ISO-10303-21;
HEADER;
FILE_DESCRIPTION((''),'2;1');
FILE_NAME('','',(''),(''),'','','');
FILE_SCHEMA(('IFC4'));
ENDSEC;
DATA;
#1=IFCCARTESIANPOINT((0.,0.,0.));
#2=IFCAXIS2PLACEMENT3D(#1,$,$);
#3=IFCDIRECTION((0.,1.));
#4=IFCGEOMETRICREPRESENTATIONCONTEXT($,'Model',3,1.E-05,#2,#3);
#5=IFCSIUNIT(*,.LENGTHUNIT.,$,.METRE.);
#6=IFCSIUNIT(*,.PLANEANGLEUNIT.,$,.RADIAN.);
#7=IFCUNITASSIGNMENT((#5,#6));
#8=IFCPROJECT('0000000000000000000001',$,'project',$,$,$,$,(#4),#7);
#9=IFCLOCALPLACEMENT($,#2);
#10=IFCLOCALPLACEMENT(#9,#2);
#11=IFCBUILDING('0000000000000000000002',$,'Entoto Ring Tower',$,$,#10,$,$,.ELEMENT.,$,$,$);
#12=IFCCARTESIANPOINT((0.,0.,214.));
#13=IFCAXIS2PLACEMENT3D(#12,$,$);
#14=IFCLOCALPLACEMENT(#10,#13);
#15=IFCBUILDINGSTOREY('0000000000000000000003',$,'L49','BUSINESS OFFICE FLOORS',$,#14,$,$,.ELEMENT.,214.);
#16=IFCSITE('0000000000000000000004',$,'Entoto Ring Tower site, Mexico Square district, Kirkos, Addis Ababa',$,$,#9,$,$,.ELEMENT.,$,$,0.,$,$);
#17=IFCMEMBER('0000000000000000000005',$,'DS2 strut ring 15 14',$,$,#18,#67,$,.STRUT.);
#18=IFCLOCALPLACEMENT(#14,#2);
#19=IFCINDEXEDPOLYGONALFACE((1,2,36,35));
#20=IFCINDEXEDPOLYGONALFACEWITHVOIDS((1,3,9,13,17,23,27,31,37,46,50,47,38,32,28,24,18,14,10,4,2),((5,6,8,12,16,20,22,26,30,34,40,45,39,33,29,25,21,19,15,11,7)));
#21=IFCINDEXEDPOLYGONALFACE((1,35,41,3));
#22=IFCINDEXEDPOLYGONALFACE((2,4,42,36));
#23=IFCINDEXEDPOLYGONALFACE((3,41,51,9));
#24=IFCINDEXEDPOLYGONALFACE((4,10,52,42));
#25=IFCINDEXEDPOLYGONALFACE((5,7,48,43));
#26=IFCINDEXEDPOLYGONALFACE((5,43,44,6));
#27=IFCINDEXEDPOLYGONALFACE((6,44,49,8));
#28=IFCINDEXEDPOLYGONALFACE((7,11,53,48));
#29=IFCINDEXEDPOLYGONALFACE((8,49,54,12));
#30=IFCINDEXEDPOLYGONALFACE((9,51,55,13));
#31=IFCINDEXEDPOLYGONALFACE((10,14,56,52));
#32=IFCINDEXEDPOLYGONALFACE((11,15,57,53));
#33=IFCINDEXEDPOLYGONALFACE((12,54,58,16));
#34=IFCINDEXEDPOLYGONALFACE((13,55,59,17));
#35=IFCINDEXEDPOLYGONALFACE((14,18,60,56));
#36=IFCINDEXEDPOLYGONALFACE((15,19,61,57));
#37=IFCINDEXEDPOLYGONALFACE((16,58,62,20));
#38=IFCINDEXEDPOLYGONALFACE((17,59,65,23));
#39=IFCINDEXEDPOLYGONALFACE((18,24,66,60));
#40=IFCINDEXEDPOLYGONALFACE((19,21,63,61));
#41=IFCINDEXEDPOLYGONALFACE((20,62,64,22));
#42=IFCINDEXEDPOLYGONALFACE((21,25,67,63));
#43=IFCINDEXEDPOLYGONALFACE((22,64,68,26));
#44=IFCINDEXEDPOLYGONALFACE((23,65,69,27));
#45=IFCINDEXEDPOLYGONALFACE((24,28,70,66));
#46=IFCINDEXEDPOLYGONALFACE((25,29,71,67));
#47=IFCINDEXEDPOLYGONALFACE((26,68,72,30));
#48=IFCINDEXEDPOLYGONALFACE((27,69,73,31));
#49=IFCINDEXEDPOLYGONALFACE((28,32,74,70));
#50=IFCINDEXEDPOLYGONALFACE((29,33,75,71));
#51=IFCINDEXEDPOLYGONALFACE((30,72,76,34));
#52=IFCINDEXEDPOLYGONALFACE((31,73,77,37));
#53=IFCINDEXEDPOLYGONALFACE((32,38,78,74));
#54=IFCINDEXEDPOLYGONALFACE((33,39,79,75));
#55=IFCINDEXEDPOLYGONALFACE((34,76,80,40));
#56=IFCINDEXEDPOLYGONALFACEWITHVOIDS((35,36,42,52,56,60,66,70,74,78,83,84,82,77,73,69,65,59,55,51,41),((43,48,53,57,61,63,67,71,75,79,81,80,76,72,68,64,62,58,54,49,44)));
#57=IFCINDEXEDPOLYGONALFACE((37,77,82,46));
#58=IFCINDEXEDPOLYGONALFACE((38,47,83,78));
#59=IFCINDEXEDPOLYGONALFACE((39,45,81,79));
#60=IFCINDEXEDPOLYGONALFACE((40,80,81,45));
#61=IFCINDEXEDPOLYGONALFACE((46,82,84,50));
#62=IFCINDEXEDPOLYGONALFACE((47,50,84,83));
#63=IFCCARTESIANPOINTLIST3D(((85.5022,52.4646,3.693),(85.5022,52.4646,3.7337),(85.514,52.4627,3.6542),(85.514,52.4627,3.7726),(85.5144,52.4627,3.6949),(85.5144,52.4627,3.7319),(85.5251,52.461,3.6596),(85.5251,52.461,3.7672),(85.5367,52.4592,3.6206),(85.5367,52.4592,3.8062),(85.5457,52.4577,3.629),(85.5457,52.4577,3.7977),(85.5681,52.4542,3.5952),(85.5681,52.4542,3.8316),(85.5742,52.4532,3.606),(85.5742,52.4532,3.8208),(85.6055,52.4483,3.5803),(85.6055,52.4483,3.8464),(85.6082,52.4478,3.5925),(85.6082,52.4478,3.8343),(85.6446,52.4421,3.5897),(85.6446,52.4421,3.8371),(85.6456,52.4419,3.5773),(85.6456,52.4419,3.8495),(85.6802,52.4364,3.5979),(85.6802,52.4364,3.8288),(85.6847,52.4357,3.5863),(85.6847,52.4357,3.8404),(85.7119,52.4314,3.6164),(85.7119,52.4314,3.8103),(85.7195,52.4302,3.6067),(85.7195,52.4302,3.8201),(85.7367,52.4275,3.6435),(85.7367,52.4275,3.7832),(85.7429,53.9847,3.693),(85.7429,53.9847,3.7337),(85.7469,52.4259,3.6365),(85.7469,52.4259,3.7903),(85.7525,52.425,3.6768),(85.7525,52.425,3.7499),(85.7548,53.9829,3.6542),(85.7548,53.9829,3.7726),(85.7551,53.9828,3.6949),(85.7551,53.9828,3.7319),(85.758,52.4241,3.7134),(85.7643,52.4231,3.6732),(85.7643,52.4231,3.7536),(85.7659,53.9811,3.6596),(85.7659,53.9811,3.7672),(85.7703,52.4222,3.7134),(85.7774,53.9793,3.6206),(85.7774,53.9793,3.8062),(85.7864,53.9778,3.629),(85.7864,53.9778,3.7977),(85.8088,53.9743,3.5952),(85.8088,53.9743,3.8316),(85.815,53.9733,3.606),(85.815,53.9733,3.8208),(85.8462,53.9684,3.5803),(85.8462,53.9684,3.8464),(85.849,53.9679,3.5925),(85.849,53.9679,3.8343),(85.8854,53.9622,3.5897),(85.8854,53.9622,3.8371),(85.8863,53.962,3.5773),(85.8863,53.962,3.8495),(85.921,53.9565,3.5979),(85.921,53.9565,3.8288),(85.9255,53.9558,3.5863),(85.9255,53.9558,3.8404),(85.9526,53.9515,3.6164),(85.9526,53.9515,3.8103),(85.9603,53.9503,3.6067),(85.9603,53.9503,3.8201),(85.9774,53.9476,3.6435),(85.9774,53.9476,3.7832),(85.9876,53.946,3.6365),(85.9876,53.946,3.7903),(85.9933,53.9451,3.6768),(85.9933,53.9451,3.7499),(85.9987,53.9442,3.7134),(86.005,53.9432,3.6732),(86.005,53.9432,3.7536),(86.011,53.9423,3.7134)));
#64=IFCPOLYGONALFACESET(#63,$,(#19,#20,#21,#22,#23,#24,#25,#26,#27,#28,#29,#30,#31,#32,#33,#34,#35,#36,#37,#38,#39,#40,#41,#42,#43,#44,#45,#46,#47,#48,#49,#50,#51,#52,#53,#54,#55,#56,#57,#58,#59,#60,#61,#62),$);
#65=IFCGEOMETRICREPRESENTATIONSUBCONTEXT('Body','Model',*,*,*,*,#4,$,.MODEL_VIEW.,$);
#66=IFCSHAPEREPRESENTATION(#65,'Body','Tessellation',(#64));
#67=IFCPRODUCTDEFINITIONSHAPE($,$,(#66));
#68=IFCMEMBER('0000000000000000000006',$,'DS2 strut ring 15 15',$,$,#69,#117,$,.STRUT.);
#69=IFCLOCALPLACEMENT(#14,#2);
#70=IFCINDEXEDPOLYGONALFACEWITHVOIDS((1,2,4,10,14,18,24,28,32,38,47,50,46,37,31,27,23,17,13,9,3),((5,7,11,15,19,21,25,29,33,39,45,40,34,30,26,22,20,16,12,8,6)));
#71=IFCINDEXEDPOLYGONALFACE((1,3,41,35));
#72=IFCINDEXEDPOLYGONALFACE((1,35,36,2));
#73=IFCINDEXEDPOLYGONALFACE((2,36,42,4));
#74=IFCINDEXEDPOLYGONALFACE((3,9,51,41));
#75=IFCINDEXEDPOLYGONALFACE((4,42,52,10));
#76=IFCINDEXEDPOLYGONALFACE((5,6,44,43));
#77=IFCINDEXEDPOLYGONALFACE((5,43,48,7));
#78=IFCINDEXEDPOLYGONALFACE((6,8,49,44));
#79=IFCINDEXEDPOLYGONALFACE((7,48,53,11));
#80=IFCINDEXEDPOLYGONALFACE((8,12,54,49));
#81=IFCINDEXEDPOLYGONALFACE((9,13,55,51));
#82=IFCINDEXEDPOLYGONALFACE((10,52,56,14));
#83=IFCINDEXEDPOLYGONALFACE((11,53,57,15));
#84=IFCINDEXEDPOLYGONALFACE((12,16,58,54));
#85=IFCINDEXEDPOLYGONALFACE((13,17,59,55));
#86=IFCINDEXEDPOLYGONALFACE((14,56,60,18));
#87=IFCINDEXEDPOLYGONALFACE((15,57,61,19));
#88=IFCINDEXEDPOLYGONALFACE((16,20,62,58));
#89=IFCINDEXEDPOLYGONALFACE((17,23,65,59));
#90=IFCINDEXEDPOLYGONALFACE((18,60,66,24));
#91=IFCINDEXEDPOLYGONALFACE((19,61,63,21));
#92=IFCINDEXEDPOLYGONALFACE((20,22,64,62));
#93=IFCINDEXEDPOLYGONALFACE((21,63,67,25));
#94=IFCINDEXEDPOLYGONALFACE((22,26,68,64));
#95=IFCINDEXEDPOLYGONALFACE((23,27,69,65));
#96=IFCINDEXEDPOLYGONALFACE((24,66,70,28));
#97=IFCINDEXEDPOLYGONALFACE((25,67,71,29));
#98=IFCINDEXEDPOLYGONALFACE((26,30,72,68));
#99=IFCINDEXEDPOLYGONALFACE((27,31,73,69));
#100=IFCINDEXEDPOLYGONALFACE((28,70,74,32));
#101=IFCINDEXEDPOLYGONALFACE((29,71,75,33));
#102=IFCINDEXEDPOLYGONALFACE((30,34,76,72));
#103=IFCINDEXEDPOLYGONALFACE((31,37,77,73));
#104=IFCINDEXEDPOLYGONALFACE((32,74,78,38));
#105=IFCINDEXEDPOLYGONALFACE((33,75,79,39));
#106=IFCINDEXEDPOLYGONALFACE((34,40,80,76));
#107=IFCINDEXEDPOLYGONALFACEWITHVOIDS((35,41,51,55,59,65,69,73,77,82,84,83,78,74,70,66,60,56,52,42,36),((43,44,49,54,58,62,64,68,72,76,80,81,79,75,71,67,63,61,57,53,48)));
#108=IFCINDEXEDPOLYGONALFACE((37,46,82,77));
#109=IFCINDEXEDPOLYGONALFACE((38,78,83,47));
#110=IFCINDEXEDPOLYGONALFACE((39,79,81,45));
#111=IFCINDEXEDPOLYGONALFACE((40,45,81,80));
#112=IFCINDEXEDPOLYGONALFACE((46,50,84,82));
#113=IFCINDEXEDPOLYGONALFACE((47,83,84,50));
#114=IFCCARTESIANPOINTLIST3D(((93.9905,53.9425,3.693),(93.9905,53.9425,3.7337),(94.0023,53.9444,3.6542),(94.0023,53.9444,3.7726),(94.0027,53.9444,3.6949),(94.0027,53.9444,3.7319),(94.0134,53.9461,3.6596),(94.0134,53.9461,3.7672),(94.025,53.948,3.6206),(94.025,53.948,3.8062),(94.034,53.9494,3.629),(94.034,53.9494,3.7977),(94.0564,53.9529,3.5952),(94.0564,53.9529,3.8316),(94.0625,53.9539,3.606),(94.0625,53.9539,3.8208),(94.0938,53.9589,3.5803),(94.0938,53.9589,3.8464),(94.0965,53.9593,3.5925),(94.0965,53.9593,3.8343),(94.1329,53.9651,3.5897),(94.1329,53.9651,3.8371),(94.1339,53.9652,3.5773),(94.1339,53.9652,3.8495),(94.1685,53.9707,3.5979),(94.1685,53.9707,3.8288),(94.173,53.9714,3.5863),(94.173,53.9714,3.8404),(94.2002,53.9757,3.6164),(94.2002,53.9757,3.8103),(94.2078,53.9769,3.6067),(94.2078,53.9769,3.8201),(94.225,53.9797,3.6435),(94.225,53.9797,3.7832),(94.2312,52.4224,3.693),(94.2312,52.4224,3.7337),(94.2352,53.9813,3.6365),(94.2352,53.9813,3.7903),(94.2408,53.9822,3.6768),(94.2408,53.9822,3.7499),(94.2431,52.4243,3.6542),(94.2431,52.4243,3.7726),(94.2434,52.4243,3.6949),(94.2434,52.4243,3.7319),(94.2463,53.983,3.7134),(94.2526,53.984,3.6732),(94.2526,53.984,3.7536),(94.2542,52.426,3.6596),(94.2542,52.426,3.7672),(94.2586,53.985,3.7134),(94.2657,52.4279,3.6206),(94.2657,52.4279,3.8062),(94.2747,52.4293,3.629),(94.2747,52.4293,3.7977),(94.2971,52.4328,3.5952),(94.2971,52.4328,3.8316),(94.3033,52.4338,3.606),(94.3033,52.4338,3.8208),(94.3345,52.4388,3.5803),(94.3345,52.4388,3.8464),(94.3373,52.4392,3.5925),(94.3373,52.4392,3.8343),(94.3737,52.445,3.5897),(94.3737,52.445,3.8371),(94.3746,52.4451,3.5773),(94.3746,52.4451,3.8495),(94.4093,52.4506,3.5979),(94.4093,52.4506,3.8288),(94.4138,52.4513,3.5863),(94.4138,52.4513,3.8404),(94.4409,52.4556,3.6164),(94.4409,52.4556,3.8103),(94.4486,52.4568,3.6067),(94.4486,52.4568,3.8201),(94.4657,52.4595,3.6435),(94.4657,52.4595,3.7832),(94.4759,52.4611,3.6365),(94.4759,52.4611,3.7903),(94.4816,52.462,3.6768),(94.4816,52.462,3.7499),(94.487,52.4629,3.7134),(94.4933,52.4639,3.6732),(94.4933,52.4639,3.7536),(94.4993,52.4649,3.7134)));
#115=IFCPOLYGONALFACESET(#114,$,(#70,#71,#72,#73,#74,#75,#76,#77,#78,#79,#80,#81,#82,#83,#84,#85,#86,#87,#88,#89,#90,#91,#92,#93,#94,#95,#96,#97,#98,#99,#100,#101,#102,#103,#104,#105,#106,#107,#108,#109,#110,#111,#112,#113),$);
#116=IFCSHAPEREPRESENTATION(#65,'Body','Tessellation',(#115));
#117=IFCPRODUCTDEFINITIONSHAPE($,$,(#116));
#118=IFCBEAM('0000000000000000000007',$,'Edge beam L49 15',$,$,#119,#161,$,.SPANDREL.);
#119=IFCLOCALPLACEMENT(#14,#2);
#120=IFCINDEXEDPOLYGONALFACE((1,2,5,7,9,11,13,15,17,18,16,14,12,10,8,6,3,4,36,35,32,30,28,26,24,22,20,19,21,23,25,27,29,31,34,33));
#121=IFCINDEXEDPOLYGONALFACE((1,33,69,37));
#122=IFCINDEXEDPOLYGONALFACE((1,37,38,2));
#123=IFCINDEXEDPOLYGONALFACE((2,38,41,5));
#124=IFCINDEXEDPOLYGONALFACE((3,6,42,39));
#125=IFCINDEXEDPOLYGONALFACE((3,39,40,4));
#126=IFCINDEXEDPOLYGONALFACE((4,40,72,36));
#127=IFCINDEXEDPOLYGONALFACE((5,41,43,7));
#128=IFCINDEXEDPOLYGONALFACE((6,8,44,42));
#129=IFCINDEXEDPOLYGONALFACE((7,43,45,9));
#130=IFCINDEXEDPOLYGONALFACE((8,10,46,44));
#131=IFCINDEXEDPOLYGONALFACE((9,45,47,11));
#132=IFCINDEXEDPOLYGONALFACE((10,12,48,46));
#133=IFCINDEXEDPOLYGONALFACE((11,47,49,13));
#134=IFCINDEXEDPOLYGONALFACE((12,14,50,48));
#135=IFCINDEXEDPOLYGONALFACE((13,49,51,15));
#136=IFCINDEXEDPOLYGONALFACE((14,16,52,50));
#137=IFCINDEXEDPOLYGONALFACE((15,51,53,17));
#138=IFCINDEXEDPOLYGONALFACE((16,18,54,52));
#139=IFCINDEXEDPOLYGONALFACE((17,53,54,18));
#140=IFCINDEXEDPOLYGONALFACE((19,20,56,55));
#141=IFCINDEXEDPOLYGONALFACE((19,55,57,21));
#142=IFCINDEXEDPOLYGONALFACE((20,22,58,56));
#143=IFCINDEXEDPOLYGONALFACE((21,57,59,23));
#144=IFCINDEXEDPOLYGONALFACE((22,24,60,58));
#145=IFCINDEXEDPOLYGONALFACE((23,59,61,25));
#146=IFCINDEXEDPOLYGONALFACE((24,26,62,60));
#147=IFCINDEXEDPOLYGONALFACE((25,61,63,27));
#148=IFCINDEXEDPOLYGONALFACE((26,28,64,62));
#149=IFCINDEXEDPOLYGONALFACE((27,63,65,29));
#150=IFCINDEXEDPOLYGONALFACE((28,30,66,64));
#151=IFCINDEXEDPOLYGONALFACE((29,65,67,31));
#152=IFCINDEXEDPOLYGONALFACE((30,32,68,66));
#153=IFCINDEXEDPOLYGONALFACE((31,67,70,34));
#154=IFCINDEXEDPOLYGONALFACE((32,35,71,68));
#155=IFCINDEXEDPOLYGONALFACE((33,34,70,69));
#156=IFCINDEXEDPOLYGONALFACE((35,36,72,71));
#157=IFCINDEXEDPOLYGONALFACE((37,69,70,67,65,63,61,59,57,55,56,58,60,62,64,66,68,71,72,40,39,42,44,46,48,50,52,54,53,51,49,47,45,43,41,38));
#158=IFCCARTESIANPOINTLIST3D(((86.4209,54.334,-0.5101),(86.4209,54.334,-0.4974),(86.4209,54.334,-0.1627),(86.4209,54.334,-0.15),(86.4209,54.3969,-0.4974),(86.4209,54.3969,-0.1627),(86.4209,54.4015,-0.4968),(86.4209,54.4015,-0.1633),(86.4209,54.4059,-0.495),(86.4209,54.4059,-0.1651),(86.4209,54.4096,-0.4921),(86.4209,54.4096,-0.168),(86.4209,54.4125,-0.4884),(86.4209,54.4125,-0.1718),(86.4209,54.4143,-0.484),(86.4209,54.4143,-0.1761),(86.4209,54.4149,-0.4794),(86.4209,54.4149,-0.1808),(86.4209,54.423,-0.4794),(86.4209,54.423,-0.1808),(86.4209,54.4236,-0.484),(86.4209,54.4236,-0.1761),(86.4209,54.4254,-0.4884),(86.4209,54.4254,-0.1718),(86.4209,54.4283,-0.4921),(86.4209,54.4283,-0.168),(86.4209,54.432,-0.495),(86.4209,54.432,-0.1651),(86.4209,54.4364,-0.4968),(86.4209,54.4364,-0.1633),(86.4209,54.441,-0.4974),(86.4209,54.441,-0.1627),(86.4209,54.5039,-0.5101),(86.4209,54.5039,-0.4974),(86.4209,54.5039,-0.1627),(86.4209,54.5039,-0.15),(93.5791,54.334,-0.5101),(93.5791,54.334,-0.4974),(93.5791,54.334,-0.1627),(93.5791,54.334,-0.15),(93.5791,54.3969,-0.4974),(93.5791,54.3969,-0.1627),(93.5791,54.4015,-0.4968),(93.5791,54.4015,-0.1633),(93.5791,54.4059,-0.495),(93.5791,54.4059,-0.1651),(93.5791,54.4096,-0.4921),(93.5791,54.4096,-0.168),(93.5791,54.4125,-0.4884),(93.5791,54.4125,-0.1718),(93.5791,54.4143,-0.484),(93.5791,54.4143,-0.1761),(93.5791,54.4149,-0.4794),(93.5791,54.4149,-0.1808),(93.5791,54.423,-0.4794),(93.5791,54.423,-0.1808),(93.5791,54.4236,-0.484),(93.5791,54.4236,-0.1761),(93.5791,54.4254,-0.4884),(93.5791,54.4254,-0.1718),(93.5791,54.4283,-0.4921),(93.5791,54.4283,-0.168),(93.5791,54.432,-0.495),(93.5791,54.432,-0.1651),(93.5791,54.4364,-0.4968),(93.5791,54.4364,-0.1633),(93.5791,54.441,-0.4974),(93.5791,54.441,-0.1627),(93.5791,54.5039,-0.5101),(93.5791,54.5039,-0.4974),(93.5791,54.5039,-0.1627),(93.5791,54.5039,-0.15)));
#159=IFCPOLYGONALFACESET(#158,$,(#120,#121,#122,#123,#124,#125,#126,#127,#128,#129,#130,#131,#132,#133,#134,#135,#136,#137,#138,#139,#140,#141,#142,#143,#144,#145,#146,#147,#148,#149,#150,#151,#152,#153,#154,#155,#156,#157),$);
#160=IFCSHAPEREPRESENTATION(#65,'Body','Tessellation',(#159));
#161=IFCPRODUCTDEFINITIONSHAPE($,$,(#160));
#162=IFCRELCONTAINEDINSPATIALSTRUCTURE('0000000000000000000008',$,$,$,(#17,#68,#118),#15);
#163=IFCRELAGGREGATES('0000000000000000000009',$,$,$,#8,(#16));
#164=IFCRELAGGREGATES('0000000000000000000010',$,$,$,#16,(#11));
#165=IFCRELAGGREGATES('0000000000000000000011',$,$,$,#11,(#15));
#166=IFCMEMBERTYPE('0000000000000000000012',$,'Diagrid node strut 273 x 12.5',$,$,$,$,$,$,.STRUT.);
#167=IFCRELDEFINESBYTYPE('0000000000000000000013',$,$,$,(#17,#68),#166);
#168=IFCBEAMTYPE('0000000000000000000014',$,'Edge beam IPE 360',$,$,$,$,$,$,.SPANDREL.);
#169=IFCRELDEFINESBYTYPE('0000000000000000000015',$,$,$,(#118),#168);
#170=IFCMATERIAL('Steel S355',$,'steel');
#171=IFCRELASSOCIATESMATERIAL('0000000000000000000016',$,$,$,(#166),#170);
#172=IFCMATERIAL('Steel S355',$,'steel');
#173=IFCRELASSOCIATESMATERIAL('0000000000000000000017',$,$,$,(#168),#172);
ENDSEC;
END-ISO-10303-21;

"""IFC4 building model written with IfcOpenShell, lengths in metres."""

from ifc_helpers import new_model, si_unit, direction, frame, origin, origin_2d, place, context, subcontext, project, spatial, circle, hollow_circle, i_section, extrude, material, material_profile, profile_set, type_object, element, save


model = new_model("IFC4")

# Units and contexts
model_context = context("Model", 3, precision=1e-05, world=origin(), true_north=direction((0.0, 1.0)))
body_context = subcontext(model_context, "Body", "Model", "MODEL_VIEW")
ifc_project = project(units=[si_unit("LENGTHUNIT", "METRE"), si_unit("PLANEANGLEUNIT", "RADIAN")], contexts=[model_context])

# Site, building, storey
site_placement = place(None, origin())
site = spatial("IfcSite", under=ifc_project, at=site_placement, Name="Entoto Ring Tower site, Mexico Square district, Kirkos, Addis Ababa", CompositionType="ELEMENT", RefElevation=0.0)
building_placement = place(site_placement, origin())
building = spatial("IfcBuilding", under=site, at=building_placement, Name="Entoto Ring Tower", CompositionType="ELEMENT")
storey_placement = place(building_placement, frame((0.0, 0.0, 214.0)))
storey = spatial("IfcBuildingStorey", under=building, at=storey_placement, Name="L49", Description="BUSINESS OFFICE FLOORS", CompositionType="ELEMENT", Elevation=214.0)

# Members
ifc_material_1 = material(Name="Steel S355", Category="steel")
ifc_material_profile_1 = material_profile(ifc_material_1, hollow_circle(Radius=0.1365, WallThickness=0.0125, at=origin_2d()), Name="CHS 273 x 12.5")
ifc_material_2 = material(Name="Concrete C60/75", Category="concrete")
ifc_material_profile_2 = material_profile(ifc_material_2, circle(Radius=0.124, at=origin_2d()), Name="Concrete C60/75 infill")
ifc_profile_set_1 = profile_set([ifc_material_profile_1, ifc_material_profile_2], Name="Steel S355")
member_type = type_object("IfcMemberType", Name="Diagrid node strut 273 x 12.5", PredefinedType="STRUT", material=ifc_profile_set_1)
for number, where, z_axis, x_axis, name in (
    (1, (85.8762, 53.9636, 3.7134), (-0.156419, -0.987691, 0.0), (0.987691, -0.156419, 0.0), "DS2 strut ring 15 14"),
    (2, (94.1238, 53.9636, 3.7134), (0.156419, -0.987691, 0.0), (0.987691, 0.156419, 0.0), "DS2 strut ring 15 15"),
):
    element("IfcMember", number, at=place(storey_placement, frame(where, z_axis=z_axis, x_axis=x_axis)), inside=storey, type_object=member_type, Name=name, PredefinedType="STRUT", context=body_context, shape_type="SweptSolid", body=[
        extrude(hollow_circle(Radius=0.1365, WallThickness=0.0125, at=origin_2d()), origin(), (0.0, 0.0, 1.0), 1.5391),
    ])

# Beam
ifc_material_3 = material(Name="Steel S355", Category="steel")
ifc_material_profile_3 = material_profile(ifc_material_3, i_section(OverallWidth=0.1699, OverallDepth=0.3601, WebThickness=0.0081, FlangeThickness=0.0127, FilletRadius=0.0181, at=origin_2d()), Name="IPE 360")
ifc_profile_set_2 = profile_set([ifc_material_profile_3], Name="Steel S355")
beam_type_1 = type_object("IfcBeamType", Name="Edge beam IPE 360", PredefinedType="SPANDREL", material=ifc_profile_set_2)
beam_1_placement = place(storey_placement, frame((86.4209, 54.4189, -0.3301), z_axis=(1.0, 0.0, 0.0), x_axis=(0.0, 1.0, 0.0)))
element("IfcBeam", 3, at=beam_1_placement, inside=storey, type_object=beam_type_1, Name="Edge beam L49 15", PredefinedType="SPANDREL", context=body_context, shape_type="SweptSolid", body=[
    extrude(i_section(OverallWidth=0.1699, OverallDepth=0.3601, WebThickness=0.0081, FlangeThickness=0.0127, FilletRadius=0.0181, at=origin_2d()), origin(), (0.0, 0.0, 1.0), 7.1582),
])

save(model, "model.ifc")
